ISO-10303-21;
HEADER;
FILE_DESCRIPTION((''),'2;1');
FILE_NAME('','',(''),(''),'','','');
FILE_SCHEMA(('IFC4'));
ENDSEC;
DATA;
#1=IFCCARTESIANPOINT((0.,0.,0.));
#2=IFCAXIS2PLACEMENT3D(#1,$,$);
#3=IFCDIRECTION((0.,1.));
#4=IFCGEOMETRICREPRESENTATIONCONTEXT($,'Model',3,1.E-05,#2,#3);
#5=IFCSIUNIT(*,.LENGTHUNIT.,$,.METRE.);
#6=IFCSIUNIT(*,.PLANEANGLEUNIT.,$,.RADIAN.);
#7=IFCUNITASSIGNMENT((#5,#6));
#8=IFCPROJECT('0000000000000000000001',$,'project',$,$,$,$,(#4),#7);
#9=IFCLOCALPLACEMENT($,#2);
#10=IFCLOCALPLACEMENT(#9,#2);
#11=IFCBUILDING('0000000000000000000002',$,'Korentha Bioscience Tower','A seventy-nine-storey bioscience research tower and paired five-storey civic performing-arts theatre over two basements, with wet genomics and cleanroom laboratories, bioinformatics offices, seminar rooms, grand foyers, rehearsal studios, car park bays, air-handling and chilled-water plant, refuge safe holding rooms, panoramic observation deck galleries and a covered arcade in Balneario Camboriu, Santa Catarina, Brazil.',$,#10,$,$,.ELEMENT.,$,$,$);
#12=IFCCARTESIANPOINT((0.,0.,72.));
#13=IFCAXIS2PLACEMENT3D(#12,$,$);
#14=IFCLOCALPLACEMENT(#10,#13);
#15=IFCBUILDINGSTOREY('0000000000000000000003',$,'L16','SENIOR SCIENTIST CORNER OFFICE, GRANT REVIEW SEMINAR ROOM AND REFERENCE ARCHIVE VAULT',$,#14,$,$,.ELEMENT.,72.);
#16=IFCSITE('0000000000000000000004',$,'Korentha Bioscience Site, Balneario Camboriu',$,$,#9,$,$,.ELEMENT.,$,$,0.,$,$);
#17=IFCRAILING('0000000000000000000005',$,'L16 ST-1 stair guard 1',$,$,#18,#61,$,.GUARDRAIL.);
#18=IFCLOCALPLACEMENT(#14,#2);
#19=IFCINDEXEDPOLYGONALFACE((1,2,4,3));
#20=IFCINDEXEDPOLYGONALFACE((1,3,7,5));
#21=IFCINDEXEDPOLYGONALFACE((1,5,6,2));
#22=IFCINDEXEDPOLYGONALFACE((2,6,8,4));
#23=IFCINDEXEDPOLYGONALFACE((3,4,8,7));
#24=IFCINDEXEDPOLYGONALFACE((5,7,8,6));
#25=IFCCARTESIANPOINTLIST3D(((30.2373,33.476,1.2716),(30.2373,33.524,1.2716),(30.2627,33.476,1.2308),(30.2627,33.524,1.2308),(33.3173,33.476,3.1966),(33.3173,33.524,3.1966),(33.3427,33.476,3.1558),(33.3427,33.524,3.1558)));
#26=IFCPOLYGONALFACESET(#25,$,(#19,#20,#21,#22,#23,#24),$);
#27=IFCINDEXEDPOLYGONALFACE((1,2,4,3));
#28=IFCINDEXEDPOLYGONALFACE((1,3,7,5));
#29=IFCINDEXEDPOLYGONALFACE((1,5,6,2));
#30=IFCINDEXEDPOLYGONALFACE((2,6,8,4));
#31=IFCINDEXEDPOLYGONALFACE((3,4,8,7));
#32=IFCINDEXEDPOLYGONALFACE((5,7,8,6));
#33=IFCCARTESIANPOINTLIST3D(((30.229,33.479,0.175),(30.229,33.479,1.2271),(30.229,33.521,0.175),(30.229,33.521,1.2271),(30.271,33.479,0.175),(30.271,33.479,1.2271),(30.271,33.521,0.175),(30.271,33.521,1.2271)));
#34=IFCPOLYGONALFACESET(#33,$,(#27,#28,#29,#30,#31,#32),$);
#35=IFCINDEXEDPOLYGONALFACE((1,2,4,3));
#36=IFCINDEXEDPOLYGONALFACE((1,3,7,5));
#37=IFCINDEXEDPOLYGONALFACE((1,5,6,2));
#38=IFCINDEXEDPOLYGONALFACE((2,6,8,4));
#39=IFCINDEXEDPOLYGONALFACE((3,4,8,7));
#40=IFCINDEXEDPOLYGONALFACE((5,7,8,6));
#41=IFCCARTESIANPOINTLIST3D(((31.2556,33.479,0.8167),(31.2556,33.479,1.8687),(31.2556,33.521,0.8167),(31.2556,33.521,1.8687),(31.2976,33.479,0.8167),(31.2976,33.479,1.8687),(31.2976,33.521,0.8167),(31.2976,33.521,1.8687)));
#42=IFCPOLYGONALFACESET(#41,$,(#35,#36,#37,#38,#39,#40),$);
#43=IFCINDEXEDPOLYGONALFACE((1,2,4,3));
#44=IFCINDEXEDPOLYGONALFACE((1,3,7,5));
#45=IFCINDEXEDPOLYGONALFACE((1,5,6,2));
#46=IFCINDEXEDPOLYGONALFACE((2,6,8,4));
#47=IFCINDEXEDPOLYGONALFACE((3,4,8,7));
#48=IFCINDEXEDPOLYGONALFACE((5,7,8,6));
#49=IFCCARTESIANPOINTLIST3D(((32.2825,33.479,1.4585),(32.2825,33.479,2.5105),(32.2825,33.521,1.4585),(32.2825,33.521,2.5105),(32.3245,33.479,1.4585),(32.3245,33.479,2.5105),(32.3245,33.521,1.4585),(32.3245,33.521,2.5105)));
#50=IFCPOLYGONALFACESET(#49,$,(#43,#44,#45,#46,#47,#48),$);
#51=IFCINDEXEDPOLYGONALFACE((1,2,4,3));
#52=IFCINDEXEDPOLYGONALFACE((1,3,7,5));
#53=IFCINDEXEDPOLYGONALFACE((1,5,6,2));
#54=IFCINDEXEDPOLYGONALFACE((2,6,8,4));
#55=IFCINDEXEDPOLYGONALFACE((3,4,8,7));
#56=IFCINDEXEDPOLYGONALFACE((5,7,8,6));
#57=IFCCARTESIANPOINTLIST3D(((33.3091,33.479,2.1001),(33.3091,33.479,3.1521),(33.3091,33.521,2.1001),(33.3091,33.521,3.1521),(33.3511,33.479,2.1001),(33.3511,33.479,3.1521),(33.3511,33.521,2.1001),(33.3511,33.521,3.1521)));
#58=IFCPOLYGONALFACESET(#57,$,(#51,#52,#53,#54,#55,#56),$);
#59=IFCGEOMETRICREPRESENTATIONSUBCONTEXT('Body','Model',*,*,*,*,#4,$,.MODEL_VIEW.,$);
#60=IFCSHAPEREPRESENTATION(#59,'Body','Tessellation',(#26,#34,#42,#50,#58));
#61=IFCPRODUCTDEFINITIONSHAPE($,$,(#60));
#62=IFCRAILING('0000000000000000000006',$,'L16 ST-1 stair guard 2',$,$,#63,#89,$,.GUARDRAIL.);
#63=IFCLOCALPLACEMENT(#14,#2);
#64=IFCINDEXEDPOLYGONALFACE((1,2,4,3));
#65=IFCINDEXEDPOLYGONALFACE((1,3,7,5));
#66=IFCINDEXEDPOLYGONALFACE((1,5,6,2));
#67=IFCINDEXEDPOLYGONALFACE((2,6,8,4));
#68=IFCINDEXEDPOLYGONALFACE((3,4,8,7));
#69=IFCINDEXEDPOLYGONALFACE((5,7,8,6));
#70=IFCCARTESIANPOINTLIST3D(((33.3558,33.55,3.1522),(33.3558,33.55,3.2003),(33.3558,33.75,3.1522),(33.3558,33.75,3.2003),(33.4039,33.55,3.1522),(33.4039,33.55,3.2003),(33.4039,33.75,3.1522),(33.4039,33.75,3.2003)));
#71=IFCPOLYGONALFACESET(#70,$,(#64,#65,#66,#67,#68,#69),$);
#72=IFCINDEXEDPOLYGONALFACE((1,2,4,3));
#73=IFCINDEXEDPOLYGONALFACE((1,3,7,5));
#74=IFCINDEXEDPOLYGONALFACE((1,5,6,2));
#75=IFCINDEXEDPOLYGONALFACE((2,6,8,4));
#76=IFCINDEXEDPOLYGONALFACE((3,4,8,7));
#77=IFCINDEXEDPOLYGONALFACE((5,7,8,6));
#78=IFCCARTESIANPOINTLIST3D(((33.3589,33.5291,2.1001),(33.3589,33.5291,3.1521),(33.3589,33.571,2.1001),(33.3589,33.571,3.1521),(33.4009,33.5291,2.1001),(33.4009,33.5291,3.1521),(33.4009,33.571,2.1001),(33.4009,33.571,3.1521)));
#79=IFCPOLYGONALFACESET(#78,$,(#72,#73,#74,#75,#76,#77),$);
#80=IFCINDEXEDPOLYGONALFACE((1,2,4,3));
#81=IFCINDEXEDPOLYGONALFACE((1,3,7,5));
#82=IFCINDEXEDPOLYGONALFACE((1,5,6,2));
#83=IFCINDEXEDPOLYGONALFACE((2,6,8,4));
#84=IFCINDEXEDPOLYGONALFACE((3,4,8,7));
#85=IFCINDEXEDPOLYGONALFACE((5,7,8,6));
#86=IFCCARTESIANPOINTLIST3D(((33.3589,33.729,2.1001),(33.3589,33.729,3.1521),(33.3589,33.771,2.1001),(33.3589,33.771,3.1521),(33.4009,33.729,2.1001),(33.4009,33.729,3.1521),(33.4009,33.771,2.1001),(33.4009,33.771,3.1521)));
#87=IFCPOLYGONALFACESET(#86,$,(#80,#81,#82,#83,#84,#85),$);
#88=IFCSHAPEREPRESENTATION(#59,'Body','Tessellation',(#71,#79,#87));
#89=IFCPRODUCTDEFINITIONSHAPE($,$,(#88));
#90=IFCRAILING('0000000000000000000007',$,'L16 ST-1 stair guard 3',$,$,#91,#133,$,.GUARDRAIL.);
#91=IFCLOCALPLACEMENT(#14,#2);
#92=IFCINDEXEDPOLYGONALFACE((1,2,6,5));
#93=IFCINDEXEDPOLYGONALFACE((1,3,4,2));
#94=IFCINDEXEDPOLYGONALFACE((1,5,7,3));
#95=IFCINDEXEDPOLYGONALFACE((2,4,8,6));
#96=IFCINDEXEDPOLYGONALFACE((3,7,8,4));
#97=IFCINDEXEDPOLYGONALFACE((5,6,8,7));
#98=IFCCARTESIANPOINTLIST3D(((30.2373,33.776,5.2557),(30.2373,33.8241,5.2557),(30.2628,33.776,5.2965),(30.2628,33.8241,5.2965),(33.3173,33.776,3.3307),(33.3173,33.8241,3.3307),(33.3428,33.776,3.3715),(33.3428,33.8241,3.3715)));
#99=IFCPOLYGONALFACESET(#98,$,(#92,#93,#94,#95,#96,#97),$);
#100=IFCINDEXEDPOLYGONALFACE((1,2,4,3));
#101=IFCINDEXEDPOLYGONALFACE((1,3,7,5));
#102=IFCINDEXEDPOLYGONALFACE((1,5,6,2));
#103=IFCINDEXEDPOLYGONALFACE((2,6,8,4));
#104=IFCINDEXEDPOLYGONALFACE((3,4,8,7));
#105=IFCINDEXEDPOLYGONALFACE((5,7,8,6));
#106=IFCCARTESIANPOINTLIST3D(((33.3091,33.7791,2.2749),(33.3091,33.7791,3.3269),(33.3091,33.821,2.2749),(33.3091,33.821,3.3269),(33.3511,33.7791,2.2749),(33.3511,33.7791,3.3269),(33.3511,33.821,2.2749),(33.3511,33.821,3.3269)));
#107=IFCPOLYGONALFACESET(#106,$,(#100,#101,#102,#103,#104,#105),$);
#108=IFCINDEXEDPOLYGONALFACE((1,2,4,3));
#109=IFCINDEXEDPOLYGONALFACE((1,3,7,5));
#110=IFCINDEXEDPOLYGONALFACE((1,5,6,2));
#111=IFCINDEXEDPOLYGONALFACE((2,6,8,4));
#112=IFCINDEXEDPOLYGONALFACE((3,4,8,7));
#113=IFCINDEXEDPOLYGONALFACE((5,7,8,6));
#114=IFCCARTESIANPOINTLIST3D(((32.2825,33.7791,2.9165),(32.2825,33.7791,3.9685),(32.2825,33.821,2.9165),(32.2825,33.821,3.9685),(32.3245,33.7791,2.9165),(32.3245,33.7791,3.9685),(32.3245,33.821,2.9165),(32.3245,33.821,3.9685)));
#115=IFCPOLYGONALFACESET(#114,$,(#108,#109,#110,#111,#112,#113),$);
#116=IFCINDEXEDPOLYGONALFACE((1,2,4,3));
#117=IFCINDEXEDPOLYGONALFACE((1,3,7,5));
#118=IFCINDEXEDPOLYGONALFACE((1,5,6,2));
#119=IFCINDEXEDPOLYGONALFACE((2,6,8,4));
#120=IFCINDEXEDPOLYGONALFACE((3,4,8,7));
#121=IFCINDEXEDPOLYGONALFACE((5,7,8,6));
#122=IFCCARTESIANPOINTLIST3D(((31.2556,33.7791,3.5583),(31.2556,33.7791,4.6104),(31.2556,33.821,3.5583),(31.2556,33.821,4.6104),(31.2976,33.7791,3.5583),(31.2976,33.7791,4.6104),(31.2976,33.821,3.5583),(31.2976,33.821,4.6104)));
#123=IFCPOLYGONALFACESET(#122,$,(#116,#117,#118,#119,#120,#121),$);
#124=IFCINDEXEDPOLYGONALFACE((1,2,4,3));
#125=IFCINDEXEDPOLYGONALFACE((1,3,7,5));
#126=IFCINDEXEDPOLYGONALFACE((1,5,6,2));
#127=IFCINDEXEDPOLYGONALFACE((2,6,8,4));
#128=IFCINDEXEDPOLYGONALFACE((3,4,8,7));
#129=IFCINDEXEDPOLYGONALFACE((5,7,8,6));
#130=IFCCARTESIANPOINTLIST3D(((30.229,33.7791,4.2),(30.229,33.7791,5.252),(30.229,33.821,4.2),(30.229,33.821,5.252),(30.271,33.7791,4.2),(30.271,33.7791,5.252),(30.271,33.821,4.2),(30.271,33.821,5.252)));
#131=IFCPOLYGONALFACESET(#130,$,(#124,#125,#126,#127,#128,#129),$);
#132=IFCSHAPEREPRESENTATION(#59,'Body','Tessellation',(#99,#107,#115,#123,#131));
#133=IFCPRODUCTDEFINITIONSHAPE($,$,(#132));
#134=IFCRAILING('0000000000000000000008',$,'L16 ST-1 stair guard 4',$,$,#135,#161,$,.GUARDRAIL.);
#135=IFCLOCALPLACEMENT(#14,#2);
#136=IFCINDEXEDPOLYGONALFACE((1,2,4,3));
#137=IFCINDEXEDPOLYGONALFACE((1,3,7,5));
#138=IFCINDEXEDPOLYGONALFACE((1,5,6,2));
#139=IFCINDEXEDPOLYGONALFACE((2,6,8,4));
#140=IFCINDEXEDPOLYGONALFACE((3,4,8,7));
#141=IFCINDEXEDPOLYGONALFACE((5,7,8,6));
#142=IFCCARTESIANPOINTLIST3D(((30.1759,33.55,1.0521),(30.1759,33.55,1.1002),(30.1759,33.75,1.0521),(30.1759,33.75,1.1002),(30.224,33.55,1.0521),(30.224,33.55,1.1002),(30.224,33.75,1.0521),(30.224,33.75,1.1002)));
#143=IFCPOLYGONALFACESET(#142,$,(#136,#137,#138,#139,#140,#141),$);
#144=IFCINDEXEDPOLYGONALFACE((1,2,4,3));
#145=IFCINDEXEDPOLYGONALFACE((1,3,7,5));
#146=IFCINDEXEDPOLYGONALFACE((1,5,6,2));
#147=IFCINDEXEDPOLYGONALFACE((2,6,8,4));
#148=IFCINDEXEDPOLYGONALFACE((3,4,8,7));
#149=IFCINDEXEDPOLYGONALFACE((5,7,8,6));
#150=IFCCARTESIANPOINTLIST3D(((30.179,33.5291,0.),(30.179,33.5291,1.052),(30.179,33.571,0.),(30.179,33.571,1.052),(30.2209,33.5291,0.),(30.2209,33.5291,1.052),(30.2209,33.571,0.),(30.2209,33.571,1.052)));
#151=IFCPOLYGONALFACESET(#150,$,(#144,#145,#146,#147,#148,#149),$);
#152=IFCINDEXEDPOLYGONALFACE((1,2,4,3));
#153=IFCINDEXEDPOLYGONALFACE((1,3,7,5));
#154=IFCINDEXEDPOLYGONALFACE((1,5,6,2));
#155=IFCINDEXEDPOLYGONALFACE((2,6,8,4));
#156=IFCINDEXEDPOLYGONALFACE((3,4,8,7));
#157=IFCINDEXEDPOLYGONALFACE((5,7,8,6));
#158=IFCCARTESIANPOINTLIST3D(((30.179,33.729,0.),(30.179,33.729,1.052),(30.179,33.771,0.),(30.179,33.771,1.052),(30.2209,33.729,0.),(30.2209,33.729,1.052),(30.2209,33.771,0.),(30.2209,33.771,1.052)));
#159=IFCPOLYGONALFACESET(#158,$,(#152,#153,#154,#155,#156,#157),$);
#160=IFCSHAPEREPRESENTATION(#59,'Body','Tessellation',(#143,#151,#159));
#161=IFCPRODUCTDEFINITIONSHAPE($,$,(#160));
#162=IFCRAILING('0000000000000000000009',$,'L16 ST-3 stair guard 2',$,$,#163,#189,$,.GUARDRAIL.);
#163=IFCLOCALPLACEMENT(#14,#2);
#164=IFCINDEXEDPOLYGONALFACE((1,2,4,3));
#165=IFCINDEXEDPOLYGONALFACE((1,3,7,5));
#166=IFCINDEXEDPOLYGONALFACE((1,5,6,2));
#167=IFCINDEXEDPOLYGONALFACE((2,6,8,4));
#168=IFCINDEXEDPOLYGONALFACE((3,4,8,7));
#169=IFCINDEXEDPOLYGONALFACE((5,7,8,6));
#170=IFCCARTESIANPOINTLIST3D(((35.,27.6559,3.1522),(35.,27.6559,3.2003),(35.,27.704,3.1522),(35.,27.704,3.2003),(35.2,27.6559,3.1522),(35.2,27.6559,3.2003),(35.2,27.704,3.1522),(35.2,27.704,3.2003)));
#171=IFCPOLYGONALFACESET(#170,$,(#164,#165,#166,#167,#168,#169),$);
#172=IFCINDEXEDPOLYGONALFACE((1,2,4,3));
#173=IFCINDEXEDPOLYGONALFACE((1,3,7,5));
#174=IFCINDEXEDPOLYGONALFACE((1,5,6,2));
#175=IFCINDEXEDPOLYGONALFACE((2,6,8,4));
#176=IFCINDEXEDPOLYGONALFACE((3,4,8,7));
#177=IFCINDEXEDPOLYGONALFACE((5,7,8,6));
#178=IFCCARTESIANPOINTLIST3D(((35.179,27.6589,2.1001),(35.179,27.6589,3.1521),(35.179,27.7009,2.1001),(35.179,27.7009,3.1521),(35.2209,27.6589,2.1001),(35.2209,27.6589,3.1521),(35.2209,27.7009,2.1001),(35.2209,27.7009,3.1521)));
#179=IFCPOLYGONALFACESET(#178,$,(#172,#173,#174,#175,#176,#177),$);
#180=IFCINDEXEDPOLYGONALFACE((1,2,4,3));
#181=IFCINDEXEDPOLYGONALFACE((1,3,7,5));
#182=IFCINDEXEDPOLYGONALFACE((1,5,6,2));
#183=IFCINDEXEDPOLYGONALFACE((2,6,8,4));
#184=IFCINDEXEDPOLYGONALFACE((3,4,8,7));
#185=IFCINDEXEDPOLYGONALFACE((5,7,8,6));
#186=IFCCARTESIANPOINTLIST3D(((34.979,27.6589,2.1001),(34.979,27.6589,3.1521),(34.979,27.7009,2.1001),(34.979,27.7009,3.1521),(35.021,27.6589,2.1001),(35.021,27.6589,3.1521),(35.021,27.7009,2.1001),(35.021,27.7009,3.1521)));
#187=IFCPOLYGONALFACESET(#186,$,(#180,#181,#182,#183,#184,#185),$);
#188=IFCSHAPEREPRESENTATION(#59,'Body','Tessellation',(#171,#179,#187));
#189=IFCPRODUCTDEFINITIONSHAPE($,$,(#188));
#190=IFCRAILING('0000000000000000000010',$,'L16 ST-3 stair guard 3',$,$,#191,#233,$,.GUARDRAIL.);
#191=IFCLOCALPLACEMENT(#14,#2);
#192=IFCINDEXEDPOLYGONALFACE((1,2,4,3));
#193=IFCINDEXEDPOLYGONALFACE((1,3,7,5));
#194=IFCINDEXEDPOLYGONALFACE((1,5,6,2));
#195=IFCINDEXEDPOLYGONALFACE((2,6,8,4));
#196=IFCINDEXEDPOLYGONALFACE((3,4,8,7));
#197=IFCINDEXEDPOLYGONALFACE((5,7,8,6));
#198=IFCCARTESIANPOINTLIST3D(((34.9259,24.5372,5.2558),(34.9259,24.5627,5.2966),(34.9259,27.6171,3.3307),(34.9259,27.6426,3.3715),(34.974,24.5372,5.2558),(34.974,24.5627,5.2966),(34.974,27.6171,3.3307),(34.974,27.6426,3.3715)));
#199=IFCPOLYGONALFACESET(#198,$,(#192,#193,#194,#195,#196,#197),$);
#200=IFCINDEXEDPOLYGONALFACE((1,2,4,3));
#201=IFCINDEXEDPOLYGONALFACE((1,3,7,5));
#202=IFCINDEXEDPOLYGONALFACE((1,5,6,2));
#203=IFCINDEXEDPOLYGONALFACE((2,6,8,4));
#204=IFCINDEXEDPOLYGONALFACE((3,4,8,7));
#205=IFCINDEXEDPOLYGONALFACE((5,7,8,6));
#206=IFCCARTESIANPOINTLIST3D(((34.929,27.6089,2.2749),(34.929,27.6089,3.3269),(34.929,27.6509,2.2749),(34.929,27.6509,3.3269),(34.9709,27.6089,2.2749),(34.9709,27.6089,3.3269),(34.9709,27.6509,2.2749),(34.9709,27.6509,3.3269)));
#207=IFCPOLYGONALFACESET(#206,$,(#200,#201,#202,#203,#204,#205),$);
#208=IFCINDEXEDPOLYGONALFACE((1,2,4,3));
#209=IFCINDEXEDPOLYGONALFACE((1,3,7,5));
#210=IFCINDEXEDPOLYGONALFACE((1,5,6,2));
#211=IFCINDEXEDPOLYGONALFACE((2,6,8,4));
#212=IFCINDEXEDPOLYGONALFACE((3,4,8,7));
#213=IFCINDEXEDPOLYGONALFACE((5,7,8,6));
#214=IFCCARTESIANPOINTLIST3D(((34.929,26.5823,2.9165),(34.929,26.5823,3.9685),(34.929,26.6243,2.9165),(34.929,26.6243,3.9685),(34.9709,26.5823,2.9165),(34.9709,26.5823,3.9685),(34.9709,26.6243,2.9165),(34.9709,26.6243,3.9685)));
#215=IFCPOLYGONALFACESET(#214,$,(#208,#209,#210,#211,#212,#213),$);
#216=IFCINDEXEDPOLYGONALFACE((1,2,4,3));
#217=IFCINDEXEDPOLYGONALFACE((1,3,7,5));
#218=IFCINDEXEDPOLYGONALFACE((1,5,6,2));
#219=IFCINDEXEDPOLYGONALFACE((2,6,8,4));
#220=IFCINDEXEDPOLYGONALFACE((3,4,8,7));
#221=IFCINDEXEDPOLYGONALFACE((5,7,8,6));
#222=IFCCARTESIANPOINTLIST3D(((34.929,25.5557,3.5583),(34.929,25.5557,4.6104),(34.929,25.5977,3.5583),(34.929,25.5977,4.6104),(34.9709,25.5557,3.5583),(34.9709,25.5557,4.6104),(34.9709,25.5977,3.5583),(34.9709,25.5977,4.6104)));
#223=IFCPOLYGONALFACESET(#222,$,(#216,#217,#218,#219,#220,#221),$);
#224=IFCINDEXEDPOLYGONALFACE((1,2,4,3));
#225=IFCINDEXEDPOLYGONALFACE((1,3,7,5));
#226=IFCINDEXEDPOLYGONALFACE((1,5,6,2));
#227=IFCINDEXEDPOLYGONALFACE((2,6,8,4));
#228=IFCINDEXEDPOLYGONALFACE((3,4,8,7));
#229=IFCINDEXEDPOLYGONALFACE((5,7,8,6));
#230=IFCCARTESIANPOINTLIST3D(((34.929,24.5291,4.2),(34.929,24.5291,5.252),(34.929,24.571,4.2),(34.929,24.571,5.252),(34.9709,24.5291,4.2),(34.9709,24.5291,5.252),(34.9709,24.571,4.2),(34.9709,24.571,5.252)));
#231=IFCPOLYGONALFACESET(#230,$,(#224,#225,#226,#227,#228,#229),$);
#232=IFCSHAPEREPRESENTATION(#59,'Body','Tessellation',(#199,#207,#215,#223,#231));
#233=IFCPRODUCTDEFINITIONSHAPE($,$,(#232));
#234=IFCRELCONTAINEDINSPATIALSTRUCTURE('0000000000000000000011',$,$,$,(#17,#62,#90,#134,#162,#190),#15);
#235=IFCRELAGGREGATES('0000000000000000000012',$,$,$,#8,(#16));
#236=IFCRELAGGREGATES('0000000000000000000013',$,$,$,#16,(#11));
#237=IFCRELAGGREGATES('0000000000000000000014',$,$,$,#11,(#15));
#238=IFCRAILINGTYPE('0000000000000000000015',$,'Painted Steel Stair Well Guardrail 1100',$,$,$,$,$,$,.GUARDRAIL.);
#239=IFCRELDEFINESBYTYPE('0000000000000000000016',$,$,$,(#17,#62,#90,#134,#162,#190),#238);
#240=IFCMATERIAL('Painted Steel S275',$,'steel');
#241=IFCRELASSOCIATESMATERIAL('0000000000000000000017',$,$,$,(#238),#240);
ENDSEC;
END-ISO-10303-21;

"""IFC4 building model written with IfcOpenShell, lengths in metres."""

from ifc_helpers import new_model, si_unit, direction, frame, origin, origin_2d, place, context, subcontext, project, spatial, rectangle, extrude, material, type_object, element, save


model = new_model("IFC4")

# Units and contexts
model_context = context("Model", 3, precision=1e-05, world=origin(), true_north=direction((0.0, 1.0)))
body_context = subcontext(model_context, "Body", "Model", "MODEL_VIEW")
ifc_project = project(units=[si_unit("LENGTHUNIT", "METRE"), si_unit("PLANEANGLEUNIT", "RADIAN")], contexts=[model_context])

# Site, building, storey
site_placement = place(None, origin())
site = spatial("IfcSite", under=ifc_project, at=site_placement, Name="Korentha Bioscience Site, Balneario Camboriu", CompositionType="ELEMENT", RefElevation=0.0)
building_placement = place(site_placement, origin())
building = spatial("IfcBuilding", under=site, at=building_placement, Name="Korentha Bioscience Tower", Description="A seventy-nine-storey bioscience research tower and paired five-storey civic performing-arts theatre over two basements, with wet genomics and cleanroom laboratories, bioinformatics offices, seminar rooms, grand foyers, rehearsal studios, car park bays, air-handling and chilled-water plant, refuge safe holding rooms, panoramic observation deck galleries and a covered arcade in Balneario Camboriu, Santa Catarina, Brazil.", CompositionType="ELEMENT")
storey_placement = place(building_placement, frame((0.0, 0.0, 72.0)))
storey = spatial("IfcBuildingStorey", under=building, at=storey_placement, Name="L16", Description="SENIOR SCIENTIST CORNER OFFICE, GRANT REVIEW SEMINAR ROOM AND REFERENCE ARCHIVE VAULT", CompositionType="ELEMENT", Elevation=72.0)

# Railings
ifc_material_1 = material(Name="Painted Steel S275", Category="steel")
railing_type_1 = type_object("IfcRailingType", Name="Painted Steel Stair Well Guardrail 1100", PredefinedType="GUARDRAIL", material=ifc_material_1)
railing_1_placement = place(storey_placement, frame((30.25, 33.5, 0.175)))
element("IfcRailing", 1, at=railing_1_placement, inside=storey, type_object=railing_type_1, Name="L16 ST-1 stair guard 1", PredefinedType="GUARDRAIL", context=body_context, shape_type="SweptSolid", body=[
    extrude(rectangle(XDim=0.0481, YDim=0.0481, at=origin_2d()), frame((0.0, 0.0, 1.0762), z_axis=(0.847998, 0.0, 0.529999), x_axis=(0.0, 1.0, 0.0)), (0.0, 0.0, 1.0), 3.6321),
    extrude(rectangle(XDim=0.042, YDim=0.042, at=origin_2d()), origin(), (0.0, 0.0, 1.0), 1.052),
    extrude(rectangle(XDim=0.042, YDim=0.042, at=origin_2d()), frame((1.0266, 0.0, 0.6416)), (0.0, 0.0, 1.0), 1.052),
    extrude(rectangle(XDim=0.042, YDim=0.042, at=origin_2d()), frame((2.0535, 0.0, 1.2834)), (0.0, 0.0, 1.0), 1.052),
    extrude(rectangle(XDim=0.042, YDim=0.042, at=origin_2d()), frame((3.0801, 0.0, 1.925)), (0.0, 0.0, 1.0), 1.052),
])
railing_2_placement = place(storey_placement, frame((33.3799, 33.55, 2.1001)))
element("IfcRailing", 2, at=railing_2_placement, inside=storey, type_object=railing_type_1, Name="L16 ST-1 stair guard 2", PredefinedType="GUARDRAIL", context=body_context, shape_type="SweptSolid", body=[
    extrude(rectangle(XDim=0.0481, YDim=0.0481, at=origin_2d()), frame((0.0, 0.0, 1.0762), z_axis=(0.0, 1.0, 0.0), x_axis=(-1.0, 0.0, 0.0)), (0.0, 0.0, 1.0), 0.2),
    extrude(rectangle(XDim=0.042, YDim=0.042, at=origin_2d()), origin(), (0.0, 0.0, 1.0), 1.052),
    extrude(rectangle(XDim=0.042, YDim=0.042, at=origin_2d()), frame((0.0, 0.2, 0.0)), (0.0, 0.0, 1.0), 1.052),
])
railing_3_placement = place(storey_placement, frame((33.3301, 33.8, 2.2749)))
element("IfcRailing", 3, at=railing_3_placement, inside=storey, type_object=railing_type_1, Name="L16 ST-1 stair guard 3", PredefinedType="GUARDRAIL", context=body_context, shape_type="SweptSolid", body=[
    extrude(rectangle(XDim=0.0481, YDim=0.0481, at=origin_2d()), frame((0.0, 0.0, 1.0762), z_axis=(-0.847998, 0.0, 0.529999), x_axis=(0.0, -1.0, 0.0)), (0.0, 0.0, 1.0), 3.6321),
    extrude(rectangle(XDim=0.042, YDim=0.042, at=origin_2d()), origin(), (0.0, 0.0, 1.0), 1.052),
    extrude(rectangle(XDim=0.042, YDim=0.042, at=origin_2d()), frame((-1.0266, 0.0, 0.6416)), (0.0, 0.0, 1.0), 1.052),
    extrude(rectangle(XDim=0.042, YDim=0.042, at=origin_2d()), frame((-2.0535, 0.0, 1.2834)), (0.0, 0.0, 1.0), 1.052),
    extrude(rectangle(XDim=0.042, YDim=0.042, at=origin_2d()), frame((-3.0801, 0.0, 1.925)), (0.0, 0.0, 1.0), 1.052),
])
railing_4_placement = place(storey_placement, frame((30.2, 33.55, 0.0)))
element("IfcRailing", 4, at=railing_4_placement, inside=storey, type_object=railing_type_1, Name="L16 ST-1 stair guard 4", PredefinedType="GUARDRAIL", context=body_context, shape_type="SweptSolid", body=[
    extrude(rectangle(XDim=0.0481, YDim=0.0481, at=origin_2d()), frame((0.0, 0.0, 1.0762), z_axis=(0.0, 1.0, 0.0), x_axis=(-1.0, 0.0, 0.0)), (0.0, 0.0, 1.0), 0.2),
    extrude(rectangle(XDim=0.042, YDim=0.042, at=origin_2d()), origin(), (0.0, 0.0, 1.0), 1.052),
    extrude(rectangle(XDim=0.042, YDim=0.042, at=origin_2d()), frame((0.0, 0.2, 0.0)), (0.0, 0.0, 1.0), 1.052),
])
railing_5_placement = place(storey_placement, frame((35.2, 27.6799, 2.1001)))
element("IfcRailing", 5, at=railing_5_placement, inside=storey, type_object=railing_type_1, Name="L16 ST-3 stair guard 2", PredefinedType="GUARDRAIL", context=body_context, shape_type="SweptSolid", body=[
    extrude(rectangle(XDim=0.0481, YDim=0.0481, at=origin_2d()), frame((0.0, 0.0, 1.0762), z_axis=(-1.0, 0.0, 0.0), x_axis=(0.0, -1.0, 0.0)), (0.0, 0.0, 1.0), 0.2),
    extrude(rectangle(XDim=0.042, YDim=0.042, at=origin_2d()), origin(), (0.0, 0.0, 1.0), 1.052),
    extrude(rectangle(XDim=0.042, YDim=0.042, at=origin_2d()), frame((-0.2, 0.0, 0.0)), (0.0, 0.0, 1.0), 1.052),
])
railing_6_placement = place(storey_placement, frame((34.95, 27.6299, 2.2749)))
element("IfcRailing", 6, at=railing_6_placement, inside=storey, type_object=railing_type_1, Name="L16 ST-3 stair guard 3", PredefinedType="GUARDRAIL", context=body_context, shape_type="SweptSolid", body=[
    extrude(rectangle(XDim=0.0481, YDim=0.0481, at=origin_2d()), frame((0.0, 0.0, 1.0762), z_axis=(0.0, -0.847979, 0.530029), x_axis=(1.0, 0.0, 0.0)), (0.0, 0.0, 1.0), 3.6321),
    extrude(rectangle(XDim=0.042, YDim=0.042, at=origin_2d()), origin(), (0.0, 0.0, 1.0), 1.052),
    extrude(rectangle(XDim=0.042, YDim=0.042, at=origin_2d()), frame((0.0, -1.0266, 0.6416)), (0.0, 0.0, 1.0), 1.052),
    extrude(rectangle(XDim=0.042, YDim=0.042, at=origin_2d()), frame((0.0, -2.0532, 1.2834)), (0.0, 0.0, 1.0), 1.052),
    extrude(rectangle(XDim=0.042, YDim=0.042, at=origin_2d()), frame((0.0, -3.0798, 1.925)), (0.0, 0.0, 1.0), 1.052),
])

save(model, "model.ifc")
